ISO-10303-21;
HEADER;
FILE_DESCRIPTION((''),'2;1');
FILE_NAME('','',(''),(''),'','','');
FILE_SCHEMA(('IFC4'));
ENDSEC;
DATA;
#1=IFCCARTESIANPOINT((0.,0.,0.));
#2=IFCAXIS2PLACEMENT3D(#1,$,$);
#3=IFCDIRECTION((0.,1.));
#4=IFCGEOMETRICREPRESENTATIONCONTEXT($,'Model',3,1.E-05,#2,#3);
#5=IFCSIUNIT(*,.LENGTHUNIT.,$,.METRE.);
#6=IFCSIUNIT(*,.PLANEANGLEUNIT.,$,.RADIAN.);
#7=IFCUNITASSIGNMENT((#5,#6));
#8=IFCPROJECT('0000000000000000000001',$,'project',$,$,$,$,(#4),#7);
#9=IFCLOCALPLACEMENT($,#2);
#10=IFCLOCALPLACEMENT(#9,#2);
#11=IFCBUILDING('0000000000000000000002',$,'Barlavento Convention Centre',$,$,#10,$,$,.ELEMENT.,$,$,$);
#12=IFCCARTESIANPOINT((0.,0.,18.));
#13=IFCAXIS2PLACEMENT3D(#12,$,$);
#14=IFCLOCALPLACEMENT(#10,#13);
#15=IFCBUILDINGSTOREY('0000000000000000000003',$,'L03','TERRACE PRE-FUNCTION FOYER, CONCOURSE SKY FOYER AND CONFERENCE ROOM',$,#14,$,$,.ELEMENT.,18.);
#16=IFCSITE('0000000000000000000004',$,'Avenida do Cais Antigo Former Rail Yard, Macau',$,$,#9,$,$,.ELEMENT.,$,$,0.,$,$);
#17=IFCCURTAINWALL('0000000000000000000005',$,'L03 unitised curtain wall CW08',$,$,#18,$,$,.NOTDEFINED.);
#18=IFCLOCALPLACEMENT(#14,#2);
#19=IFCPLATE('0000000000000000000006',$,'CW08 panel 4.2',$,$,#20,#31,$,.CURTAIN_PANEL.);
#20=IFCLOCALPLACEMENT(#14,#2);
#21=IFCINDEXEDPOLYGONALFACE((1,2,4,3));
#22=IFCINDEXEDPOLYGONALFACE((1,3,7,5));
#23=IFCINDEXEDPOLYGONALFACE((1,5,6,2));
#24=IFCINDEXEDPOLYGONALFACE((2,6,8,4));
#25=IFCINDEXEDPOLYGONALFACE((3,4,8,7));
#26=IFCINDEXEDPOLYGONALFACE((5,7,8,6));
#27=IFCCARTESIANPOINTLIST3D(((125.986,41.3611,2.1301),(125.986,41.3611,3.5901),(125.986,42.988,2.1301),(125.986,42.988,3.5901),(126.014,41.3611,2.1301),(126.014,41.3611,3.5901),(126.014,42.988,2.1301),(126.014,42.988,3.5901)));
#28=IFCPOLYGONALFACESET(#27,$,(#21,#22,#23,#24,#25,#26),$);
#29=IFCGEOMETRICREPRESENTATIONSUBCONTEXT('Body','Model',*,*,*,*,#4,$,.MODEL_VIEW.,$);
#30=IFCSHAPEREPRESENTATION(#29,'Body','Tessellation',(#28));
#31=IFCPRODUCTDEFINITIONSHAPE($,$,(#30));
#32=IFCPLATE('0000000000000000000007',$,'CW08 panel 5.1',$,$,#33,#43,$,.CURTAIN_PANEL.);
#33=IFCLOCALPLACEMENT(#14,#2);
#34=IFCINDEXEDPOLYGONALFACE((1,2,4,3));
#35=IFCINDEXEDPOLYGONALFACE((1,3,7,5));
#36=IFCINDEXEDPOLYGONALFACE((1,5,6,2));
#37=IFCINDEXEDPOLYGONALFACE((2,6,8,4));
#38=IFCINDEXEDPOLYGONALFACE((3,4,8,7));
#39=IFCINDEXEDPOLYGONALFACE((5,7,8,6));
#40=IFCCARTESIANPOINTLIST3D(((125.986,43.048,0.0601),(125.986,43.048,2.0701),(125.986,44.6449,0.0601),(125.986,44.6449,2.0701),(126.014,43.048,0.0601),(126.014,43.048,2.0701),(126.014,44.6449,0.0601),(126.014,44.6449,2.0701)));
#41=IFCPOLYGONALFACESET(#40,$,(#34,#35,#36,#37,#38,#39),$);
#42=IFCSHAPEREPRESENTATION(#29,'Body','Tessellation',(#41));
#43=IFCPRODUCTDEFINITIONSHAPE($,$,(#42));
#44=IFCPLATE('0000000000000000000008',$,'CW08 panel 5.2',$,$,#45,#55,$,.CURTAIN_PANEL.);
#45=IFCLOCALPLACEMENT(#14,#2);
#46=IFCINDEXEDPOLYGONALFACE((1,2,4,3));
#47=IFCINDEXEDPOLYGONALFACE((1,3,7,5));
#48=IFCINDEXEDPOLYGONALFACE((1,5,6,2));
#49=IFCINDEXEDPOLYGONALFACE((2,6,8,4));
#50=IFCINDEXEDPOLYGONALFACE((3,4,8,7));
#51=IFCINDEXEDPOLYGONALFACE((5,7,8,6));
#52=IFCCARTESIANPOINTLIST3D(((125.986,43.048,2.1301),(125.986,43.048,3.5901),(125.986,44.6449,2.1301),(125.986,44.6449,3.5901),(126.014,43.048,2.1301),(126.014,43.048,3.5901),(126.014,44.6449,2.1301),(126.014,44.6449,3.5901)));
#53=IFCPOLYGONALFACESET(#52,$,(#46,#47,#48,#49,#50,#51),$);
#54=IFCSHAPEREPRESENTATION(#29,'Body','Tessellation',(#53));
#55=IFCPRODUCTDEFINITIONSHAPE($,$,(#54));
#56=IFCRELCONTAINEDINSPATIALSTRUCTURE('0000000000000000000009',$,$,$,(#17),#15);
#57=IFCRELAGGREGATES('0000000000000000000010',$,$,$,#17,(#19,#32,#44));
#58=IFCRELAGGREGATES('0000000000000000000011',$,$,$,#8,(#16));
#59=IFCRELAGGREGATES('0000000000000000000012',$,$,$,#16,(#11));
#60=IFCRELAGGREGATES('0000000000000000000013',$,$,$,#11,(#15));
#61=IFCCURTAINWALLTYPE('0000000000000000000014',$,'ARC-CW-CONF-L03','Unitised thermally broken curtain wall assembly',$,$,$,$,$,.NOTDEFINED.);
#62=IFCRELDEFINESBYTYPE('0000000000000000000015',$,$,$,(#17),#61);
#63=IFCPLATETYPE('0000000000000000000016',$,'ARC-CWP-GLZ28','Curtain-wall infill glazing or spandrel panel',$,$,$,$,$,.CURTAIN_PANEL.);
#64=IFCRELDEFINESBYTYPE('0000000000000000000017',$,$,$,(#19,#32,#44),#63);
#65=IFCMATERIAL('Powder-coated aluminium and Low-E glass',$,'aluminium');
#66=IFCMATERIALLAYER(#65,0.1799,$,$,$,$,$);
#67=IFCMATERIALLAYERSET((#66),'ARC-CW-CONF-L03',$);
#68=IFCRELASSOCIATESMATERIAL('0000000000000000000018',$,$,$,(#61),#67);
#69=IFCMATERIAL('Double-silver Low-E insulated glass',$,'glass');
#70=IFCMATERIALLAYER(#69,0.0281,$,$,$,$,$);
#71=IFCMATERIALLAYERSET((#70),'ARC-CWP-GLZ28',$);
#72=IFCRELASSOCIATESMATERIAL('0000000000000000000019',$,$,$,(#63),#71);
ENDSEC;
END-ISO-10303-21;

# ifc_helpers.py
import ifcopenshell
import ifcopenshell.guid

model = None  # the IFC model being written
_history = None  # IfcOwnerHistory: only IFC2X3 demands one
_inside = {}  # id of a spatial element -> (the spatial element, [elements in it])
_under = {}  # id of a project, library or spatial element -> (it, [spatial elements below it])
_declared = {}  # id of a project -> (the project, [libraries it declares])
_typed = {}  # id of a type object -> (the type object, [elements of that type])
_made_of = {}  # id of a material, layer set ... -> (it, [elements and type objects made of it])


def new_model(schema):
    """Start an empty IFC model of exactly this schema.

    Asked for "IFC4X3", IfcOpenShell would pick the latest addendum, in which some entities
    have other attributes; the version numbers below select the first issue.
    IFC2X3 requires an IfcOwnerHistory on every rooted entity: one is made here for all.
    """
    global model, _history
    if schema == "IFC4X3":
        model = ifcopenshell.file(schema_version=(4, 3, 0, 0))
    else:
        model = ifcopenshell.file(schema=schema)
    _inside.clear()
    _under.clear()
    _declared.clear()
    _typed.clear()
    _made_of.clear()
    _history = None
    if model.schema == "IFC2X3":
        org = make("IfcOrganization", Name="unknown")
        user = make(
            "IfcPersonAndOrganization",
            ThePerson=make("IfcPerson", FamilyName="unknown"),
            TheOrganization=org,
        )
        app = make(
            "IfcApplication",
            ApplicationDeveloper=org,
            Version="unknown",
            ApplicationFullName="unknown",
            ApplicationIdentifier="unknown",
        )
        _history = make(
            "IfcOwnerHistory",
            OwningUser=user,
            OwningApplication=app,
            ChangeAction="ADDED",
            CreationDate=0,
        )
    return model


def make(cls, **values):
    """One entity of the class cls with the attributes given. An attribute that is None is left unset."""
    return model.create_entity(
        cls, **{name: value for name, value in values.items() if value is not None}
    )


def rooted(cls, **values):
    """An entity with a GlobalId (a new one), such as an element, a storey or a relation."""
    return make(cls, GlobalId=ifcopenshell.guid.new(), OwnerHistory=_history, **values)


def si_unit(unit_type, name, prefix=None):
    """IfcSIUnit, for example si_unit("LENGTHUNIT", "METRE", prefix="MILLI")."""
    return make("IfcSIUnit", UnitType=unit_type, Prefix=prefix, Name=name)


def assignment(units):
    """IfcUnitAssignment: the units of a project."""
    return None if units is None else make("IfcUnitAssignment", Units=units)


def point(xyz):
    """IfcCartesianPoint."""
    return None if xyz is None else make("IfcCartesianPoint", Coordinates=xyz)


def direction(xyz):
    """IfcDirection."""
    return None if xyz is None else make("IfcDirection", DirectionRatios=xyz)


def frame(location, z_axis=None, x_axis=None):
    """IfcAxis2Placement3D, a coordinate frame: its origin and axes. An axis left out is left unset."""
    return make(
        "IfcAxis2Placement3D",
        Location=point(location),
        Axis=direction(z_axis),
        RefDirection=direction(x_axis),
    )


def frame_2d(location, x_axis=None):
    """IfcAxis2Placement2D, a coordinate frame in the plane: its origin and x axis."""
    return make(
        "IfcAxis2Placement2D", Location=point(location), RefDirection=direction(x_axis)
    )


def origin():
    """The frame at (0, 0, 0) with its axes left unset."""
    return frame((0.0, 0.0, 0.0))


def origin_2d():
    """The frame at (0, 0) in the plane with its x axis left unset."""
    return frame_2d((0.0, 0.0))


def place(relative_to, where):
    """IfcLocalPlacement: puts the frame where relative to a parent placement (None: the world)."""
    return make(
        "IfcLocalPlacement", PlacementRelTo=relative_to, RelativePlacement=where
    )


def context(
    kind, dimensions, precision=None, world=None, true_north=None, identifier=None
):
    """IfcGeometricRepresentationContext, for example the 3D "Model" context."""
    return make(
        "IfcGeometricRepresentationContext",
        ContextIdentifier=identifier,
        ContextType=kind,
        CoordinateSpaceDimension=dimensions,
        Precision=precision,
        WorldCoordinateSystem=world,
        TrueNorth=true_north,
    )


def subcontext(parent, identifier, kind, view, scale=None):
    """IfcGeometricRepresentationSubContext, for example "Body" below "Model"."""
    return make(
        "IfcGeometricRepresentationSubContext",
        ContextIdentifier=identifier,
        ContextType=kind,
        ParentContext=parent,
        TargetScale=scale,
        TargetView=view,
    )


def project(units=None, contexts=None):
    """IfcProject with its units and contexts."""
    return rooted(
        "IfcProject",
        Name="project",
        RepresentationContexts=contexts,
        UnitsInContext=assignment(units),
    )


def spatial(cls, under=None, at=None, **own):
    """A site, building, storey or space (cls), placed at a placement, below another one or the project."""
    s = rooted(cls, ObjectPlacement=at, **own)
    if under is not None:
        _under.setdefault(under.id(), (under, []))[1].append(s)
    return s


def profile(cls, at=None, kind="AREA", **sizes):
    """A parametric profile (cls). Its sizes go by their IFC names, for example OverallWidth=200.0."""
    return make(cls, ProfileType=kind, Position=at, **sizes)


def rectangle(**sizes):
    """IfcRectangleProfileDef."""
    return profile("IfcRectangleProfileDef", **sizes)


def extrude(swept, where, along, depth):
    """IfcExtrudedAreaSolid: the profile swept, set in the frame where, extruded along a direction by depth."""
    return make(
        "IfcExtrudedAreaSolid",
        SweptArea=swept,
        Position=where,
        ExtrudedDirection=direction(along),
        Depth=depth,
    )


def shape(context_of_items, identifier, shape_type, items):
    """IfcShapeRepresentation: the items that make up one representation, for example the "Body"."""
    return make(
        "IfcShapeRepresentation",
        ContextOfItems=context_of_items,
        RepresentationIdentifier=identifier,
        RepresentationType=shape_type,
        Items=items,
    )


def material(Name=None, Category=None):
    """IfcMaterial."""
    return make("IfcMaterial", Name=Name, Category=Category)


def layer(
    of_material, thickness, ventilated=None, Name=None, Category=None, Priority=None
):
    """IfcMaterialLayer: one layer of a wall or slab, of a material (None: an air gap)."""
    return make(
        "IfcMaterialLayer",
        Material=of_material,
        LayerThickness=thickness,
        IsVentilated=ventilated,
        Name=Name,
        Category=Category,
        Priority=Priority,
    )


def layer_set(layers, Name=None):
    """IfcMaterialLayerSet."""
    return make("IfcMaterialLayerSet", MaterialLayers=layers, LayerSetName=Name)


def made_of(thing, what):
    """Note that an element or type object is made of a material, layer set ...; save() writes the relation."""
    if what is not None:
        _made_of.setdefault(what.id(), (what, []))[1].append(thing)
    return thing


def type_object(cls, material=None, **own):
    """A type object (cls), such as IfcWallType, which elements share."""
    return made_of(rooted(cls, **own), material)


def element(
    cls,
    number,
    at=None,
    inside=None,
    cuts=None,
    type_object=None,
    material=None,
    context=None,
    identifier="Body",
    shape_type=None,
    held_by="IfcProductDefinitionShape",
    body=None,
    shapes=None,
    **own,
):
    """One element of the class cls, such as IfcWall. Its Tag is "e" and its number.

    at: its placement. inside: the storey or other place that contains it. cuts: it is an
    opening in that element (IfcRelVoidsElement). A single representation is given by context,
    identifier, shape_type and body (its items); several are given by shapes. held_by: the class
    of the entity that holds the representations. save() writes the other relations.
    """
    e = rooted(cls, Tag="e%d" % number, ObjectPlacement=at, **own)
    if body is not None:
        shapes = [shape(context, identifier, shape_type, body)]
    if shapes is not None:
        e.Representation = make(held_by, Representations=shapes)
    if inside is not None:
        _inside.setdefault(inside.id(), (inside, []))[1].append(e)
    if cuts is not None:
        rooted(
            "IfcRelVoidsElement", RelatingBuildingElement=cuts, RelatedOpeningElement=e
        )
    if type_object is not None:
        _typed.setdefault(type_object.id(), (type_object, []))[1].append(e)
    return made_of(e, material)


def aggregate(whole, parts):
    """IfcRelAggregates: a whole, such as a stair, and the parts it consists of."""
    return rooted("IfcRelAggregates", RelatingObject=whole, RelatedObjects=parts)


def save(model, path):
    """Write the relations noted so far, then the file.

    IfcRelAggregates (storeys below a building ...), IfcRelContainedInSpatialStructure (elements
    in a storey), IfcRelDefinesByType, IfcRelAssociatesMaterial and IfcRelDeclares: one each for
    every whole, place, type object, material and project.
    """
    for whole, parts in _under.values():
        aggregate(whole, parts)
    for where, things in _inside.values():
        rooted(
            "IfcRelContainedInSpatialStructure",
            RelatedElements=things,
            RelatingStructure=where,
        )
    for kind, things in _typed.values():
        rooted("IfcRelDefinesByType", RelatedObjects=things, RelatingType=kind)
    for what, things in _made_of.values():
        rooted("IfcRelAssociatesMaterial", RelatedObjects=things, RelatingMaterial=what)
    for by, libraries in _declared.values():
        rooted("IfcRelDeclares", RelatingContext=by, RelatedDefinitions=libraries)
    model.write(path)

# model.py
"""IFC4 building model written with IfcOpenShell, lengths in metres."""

from ifc_helpers import new_model, si_unit, direction, frame, origin, origin_2d, place, context, subcontext, project, spatial, rectangle, extrude, material, layer, layer_set, type_object, element, aggregate, save


model = new_model("IFC4")

# Units and contexts
model_context = context("Model", 3, precision=1e-05, world=origin(), true_north=direction((0.0, 1.0)))
body_context = subcontext(model_context, "Body", "Model", "MODEL_VIEW")
ifc_project = project(units=[si_unit("LENGTHUNIT", "METRE"), si_unit("PLANEANGLEUNIT", "RADIAN")], contexts=[model_context])

# Site, building, storey
site_placement = place(None, origin())
site = spatial("IfcSite", under=ifc_project, at=site_placement, Name="Avenida do Cais Antigo Former Rail Yard, Macau", CompositionType="ELEMENT", RefElevation=0.0)
building_placement = place(site_placement, origin())
building = spatial("IfcBuilding", under=site, at=building_placement, Name="Barlavento Convention Centre", CompositionType="ELEMENT")
storey_placement = place(building_placement, frame((0.0, 0.0, 18.0)))
storey = spatial("IfcBuildingStorey", under=building, at=storey_placement, Name="L03", Description="TERRACE PRE-FUNCTION FOYER, CONCOURSE SKY FOYER AND CONFERENCE ROOM", CompositionType="ELEMENT", Elevation=18.0)

# Curtain wall
ifc_material_1 = material(Name="Powder-coated aluminium and Low-E glass", Category="aluminium")
ifc_layer_1 = layer(ifc_material_1, 0.1799)
ifc_layer_set_1 = layer_set([ifc_layer_1], Name="ARC-CW-CONF-L03")
curtain_wall_type = type_object("IfcCurtainWallType", Name="ARC-CW-CONF-L03", Description="Unitised thermally broken curtain wall assembly", PredefinedType="NOTDEFINED", material=ifc_layer_set_1)
curtain_wall_placement = place(storey_placement, origin())
curtain_wall = element("IfcCurtainWall", 1, at=curtain_wall_placement, inside=storey, type_object=curtain_wall_type, Name="L03 unitised curtain wall CW08", PredefinedType="NOTDEFINED")

# Plates
ifc_material_2 = material(Name="Double-silver Low-E insulated glass", Category="glass")
ifc_layer_2 = layer(ifc_material_2, 0.0281)
ifc_layer_set_2 = layer_set([ifc_layer_2], Name="ARC-CWP-GLZ28")
plate_type = type_object("IfcPlateType", Name="ARC-CWP-GLZ28", Description="Curtain-wall infill glazing or spandrel panel", PredefinedType="CURTAIN_PANEL", material=ifc_layer_set_2)
plate_1_placement = place(storey_placement, frame((126.0, 42.1746, 2.1301), z_axis=(0.0, 0.0, 1.0), x_axis=(0.0, 1.0, 0.0)))
plate_1 = element("IfcPlate", 2, at=plate_1_placement, type_object=plate_type, Name="CW08 panel 4.2", PredefinedType="CURTAIN_PANEL", context=body_context, shape_type="SweptSolid", body=[
    extrude(rectangle(XDim=1.627, YDim=0.0281, at=origin_2d()), origin(), (0.0, 0.0, 1.0), 1.46),
])
plate_2_placement = place(storey_placement, frame((126.0, 43.8464, 0.0601), z_axis=(0.0, 0.0, 1.0), x_axis=(0.0, 1.0, 0.0)))
plate_2 = element("IfcPlate", 3, at=plate_2_placement, type_object=plate_type, Name="CW08 panel 5.1", PredefinedType="CURTAIN_PANEL", context=body_context, shape_type="SweptSolid", body=[
    extrude(rectangle(XDim=1.5969, YDim=0.0281, at=origin_2d()), origin(), (0.0, 0.0, 1.0), 2.01),
])
plate_3_placement = place(storey_placement, frame((126.0, 43.8464, 2.1301), z_axis=(0.0, 0.0, 1.0), x_axis=(0.0, 1.0, 0.0)))
plate_3 = element("IfcPlate", 4, at=plate_3_placement, type_object=plate_type, Name="CW08 panel 5.2", PredefinedType="CURTAIN_PANEL", context=body_context, shape_type="SweptSolid", body=[
    extrude(rectangle(XDim=1.5969, YDim=0.0281, at=origin_2d()), origin(), (0.0, 0.0, 1.0), 1.46),
])
aggregate(curtain_wall, [plate_1, plate_2, plate_3])

save(model, "model.ifc")
